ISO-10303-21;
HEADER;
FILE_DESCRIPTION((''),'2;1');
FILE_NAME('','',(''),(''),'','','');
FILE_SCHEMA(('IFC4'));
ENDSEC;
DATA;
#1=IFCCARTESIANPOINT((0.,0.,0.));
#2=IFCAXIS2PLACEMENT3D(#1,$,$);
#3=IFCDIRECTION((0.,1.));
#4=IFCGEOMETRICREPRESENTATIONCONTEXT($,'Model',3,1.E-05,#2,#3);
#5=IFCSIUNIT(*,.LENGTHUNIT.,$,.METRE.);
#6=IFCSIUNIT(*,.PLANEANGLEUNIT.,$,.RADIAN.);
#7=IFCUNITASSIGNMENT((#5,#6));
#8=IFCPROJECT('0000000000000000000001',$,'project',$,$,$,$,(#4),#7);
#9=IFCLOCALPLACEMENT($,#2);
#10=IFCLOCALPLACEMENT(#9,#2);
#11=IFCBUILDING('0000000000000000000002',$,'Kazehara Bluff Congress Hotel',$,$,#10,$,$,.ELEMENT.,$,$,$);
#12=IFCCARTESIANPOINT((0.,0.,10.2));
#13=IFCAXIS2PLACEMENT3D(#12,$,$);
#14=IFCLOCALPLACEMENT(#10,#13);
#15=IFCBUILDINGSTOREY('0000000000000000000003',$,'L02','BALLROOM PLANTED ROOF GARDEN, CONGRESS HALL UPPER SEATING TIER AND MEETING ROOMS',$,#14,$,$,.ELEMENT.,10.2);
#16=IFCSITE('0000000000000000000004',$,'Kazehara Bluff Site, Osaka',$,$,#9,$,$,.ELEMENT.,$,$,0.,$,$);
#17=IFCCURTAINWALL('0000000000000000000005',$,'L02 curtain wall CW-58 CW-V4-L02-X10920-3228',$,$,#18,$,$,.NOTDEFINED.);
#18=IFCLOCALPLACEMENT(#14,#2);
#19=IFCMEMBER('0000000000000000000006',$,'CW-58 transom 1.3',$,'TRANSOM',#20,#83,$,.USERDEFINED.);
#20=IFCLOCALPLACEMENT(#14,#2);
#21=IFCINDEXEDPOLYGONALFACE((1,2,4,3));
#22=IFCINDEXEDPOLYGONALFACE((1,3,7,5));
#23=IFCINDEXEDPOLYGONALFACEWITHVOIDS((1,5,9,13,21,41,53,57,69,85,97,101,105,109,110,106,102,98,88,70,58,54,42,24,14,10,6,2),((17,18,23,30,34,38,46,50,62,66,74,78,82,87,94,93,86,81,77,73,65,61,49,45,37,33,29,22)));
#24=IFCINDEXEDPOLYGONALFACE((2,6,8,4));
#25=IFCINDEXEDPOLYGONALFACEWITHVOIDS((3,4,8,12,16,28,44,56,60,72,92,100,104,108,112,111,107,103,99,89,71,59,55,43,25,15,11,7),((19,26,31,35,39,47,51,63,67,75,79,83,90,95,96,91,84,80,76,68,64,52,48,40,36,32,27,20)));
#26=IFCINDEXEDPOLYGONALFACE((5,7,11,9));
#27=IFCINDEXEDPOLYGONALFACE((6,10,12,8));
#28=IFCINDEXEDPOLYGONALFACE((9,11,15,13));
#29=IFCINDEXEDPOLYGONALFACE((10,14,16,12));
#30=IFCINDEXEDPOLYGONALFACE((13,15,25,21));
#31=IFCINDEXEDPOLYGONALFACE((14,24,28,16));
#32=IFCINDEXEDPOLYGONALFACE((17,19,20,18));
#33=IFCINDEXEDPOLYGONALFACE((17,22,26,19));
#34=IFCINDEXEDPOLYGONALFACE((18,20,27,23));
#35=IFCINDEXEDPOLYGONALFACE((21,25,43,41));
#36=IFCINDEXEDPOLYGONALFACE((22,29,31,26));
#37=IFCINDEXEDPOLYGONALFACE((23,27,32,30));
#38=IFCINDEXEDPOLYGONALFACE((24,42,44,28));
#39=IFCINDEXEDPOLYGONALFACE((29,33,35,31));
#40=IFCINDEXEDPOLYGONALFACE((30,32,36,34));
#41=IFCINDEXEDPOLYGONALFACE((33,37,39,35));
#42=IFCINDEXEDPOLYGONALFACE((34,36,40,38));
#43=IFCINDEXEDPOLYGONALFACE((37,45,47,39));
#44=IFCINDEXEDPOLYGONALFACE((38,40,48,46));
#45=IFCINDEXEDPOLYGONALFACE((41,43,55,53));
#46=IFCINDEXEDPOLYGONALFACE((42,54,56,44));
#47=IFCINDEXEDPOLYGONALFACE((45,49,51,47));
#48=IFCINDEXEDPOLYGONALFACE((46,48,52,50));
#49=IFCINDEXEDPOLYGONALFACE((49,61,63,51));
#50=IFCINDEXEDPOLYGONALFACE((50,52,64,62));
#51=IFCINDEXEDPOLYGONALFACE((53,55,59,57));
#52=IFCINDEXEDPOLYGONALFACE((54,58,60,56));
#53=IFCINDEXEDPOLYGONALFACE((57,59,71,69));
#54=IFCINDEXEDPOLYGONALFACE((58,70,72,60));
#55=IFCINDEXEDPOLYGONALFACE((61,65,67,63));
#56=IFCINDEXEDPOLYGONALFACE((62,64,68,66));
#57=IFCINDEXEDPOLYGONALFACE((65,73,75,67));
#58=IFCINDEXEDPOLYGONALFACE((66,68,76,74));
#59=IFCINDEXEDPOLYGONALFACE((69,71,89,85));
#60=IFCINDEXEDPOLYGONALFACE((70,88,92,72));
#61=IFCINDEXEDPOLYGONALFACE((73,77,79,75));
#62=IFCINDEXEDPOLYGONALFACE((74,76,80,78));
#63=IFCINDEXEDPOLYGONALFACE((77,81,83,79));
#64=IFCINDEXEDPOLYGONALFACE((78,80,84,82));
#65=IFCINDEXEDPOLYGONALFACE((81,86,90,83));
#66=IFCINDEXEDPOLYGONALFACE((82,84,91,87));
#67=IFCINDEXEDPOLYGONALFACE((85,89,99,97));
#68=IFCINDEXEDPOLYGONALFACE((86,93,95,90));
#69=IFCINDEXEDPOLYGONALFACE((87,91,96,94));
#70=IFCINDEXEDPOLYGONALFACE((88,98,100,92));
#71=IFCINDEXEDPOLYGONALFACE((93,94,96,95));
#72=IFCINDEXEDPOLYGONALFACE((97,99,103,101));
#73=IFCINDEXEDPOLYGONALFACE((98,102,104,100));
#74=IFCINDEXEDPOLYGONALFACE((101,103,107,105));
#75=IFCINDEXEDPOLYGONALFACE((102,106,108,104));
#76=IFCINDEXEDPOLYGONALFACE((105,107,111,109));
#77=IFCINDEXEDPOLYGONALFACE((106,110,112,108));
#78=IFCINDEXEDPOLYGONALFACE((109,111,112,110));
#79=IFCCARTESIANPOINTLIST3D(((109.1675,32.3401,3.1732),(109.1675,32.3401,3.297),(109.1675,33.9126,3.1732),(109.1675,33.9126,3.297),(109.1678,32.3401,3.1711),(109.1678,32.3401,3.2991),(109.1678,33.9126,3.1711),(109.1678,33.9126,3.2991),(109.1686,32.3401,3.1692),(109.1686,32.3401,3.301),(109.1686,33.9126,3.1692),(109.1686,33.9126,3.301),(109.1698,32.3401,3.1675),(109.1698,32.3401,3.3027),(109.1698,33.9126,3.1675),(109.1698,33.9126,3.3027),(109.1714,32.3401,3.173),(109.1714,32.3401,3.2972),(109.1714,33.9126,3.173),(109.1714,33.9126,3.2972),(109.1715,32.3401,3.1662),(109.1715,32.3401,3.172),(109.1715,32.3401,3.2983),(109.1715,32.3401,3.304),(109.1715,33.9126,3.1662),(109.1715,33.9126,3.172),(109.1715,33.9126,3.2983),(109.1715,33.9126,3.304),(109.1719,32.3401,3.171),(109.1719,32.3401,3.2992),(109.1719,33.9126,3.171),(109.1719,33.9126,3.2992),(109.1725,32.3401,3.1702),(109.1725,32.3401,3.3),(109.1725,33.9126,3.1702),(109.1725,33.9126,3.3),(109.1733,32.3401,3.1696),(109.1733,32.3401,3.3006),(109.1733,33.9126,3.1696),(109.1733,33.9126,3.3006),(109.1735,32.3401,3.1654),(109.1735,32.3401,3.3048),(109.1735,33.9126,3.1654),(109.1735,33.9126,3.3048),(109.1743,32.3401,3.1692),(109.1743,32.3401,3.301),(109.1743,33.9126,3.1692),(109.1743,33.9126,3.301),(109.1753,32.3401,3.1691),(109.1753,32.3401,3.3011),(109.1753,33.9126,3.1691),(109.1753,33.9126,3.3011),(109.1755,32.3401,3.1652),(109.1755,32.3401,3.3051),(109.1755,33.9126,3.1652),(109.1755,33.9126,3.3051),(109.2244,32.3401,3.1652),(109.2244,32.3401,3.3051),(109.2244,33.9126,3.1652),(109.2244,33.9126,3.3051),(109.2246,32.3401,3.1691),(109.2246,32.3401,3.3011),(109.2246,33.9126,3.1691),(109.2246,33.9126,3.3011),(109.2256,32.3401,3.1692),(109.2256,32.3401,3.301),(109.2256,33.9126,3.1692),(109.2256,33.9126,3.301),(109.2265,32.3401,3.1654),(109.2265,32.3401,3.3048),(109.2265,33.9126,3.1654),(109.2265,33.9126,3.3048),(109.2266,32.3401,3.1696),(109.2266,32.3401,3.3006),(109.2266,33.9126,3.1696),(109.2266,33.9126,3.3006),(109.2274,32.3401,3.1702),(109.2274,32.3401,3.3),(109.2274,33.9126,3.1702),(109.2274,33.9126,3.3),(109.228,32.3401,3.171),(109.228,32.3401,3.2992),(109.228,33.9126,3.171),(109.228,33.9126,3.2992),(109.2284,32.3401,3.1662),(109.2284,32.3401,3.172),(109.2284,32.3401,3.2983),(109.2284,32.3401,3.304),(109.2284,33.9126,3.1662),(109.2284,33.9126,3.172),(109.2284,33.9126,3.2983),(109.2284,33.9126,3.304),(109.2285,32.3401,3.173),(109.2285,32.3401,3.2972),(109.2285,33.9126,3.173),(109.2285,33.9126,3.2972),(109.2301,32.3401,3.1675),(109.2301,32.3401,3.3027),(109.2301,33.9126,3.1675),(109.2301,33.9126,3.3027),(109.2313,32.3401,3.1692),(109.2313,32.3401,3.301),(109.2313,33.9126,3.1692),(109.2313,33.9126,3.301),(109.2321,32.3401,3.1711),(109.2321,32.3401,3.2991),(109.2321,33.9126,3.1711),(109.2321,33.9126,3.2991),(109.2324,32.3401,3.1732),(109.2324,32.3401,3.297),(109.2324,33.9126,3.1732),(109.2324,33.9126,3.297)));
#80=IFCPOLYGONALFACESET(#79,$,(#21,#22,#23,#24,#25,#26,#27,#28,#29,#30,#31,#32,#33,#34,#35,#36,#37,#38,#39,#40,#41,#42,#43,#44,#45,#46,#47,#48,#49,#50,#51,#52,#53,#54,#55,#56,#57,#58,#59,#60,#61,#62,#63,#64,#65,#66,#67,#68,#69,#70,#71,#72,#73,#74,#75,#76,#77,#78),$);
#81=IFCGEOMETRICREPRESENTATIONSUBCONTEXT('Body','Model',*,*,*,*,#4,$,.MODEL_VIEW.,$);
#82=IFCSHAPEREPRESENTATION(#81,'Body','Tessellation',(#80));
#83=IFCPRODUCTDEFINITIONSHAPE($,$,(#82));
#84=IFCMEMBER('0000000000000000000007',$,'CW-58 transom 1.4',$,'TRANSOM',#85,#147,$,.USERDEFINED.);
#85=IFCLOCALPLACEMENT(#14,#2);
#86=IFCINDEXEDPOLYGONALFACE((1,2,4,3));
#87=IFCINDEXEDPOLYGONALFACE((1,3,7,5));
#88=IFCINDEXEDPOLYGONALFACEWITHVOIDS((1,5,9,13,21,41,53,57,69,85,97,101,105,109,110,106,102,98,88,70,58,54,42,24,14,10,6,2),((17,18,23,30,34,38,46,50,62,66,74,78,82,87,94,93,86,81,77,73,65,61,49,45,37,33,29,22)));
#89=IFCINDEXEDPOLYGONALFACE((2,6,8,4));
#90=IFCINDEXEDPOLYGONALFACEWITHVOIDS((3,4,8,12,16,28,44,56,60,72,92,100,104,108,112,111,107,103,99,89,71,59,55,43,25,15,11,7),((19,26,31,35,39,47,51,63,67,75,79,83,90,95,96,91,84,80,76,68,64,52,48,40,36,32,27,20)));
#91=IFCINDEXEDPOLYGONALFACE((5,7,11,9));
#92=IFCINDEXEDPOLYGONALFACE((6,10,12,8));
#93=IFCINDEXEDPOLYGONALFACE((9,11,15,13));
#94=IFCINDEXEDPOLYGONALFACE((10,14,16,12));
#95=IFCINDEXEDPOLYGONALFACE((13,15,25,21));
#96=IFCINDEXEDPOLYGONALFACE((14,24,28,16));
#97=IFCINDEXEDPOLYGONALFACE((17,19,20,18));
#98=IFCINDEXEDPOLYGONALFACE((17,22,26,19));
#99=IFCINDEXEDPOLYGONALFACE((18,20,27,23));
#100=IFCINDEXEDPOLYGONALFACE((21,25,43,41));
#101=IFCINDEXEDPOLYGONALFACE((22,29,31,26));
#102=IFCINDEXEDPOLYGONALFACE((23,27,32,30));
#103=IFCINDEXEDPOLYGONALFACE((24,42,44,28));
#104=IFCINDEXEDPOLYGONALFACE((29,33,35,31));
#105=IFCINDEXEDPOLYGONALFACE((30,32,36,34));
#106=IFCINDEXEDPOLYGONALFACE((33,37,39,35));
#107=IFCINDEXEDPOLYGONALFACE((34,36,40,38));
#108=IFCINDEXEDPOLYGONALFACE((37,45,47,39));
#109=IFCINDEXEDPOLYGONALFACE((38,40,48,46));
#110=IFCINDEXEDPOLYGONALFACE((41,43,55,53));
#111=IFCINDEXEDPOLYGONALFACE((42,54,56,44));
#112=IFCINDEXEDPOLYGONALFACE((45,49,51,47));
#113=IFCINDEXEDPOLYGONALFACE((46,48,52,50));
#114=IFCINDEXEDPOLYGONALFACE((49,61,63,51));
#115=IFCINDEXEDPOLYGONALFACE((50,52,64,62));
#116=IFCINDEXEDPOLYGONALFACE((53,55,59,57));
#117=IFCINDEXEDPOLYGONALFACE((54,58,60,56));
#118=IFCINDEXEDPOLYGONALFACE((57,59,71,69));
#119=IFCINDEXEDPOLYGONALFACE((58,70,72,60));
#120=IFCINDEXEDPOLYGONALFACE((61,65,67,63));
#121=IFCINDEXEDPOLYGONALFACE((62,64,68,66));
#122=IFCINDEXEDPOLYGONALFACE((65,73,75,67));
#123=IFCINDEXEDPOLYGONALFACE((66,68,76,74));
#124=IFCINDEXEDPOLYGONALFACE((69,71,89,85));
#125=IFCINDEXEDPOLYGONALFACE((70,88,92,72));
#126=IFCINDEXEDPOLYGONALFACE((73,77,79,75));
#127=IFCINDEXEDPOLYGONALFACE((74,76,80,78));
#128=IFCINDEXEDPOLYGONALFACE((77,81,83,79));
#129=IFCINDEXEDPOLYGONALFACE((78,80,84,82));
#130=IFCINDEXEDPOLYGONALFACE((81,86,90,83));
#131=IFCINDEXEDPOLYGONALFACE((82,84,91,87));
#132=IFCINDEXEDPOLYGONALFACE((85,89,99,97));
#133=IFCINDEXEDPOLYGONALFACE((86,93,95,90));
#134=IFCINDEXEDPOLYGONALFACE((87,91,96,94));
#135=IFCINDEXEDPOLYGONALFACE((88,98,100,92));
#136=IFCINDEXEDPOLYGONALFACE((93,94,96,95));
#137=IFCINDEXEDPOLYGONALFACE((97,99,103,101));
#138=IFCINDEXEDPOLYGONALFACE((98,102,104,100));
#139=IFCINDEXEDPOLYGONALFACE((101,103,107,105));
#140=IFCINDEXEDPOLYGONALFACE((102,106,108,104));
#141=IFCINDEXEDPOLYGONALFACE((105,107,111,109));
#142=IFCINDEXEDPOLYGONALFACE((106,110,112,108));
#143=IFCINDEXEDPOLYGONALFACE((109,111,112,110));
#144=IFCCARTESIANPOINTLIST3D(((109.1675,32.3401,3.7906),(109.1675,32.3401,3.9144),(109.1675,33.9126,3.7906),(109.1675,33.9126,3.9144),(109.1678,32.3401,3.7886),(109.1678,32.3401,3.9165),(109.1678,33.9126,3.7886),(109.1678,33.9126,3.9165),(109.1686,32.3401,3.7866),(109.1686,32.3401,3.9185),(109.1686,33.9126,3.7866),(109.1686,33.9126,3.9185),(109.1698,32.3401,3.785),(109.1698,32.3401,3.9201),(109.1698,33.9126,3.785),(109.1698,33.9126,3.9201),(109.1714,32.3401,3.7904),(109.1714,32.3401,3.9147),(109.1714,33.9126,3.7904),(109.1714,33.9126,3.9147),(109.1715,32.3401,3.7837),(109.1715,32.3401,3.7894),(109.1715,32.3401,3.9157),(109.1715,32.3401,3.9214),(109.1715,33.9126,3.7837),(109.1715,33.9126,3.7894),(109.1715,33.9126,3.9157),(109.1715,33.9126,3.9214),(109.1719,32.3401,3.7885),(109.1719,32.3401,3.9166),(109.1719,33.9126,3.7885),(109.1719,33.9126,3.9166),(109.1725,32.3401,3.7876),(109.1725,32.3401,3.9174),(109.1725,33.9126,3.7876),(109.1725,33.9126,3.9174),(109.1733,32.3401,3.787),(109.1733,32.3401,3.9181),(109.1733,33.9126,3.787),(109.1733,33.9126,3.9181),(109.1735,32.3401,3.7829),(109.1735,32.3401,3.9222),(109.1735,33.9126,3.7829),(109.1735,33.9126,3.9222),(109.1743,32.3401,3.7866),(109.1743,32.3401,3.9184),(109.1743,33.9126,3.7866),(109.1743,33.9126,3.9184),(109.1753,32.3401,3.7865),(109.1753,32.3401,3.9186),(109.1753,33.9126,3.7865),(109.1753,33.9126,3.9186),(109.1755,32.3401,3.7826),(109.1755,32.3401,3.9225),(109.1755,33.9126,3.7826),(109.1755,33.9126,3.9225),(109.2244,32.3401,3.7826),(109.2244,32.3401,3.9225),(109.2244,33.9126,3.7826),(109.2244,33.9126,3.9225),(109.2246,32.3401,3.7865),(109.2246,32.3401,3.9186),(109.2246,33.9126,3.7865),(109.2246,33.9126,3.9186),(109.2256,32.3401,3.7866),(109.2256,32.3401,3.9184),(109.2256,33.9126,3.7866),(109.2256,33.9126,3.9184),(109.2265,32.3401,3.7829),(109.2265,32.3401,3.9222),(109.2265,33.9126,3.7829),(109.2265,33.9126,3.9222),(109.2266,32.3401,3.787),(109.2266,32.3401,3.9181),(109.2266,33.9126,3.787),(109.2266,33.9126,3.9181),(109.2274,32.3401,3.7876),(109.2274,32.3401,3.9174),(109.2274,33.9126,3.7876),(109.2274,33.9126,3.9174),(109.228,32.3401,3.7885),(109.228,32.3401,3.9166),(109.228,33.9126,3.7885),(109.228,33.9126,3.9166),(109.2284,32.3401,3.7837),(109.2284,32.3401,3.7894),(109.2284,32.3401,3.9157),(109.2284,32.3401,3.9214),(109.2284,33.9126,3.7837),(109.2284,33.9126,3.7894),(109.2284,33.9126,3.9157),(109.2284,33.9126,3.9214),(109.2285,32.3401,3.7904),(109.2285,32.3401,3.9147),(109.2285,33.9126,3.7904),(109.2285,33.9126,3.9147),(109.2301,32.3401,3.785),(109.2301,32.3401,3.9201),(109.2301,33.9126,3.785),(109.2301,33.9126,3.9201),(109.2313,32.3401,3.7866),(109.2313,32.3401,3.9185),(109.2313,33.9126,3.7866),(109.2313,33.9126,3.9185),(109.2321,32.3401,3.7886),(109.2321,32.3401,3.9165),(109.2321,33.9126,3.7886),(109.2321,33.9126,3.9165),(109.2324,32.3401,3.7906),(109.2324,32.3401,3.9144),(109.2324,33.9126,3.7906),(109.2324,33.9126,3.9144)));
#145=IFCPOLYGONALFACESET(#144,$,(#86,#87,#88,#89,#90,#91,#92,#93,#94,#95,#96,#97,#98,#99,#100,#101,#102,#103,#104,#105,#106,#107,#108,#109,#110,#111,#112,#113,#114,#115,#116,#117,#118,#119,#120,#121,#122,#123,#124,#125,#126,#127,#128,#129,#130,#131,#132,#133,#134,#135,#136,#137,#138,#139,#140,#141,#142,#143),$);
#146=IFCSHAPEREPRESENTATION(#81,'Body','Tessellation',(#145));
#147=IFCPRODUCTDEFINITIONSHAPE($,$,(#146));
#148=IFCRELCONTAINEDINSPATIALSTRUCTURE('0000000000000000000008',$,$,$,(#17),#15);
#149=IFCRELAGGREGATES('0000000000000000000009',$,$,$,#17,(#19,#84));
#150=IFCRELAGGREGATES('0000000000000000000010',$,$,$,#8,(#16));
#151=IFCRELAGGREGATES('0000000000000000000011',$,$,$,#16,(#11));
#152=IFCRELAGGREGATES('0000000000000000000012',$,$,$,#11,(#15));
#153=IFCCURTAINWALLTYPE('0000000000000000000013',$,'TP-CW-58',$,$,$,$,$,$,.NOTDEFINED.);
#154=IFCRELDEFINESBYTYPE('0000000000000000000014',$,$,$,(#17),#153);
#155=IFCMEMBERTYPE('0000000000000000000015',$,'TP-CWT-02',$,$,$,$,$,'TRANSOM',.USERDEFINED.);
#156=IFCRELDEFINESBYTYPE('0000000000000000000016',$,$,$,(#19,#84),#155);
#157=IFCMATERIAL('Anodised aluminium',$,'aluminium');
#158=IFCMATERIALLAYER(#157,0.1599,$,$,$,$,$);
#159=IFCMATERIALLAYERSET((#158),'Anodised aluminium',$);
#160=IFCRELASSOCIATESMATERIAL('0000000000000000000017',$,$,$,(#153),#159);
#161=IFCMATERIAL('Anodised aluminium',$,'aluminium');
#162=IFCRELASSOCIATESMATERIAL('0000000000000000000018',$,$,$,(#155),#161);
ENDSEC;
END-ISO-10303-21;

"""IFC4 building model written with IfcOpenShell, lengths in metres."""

from ifc_helpers import new_model, si_unit, direction, frame, origin, origin_2d, place, context, subcontext, project, spatial, hollow_rectangle, extrude, material, layer, layer_set, material_profile, profile_set, type_object, element, aggregate, save


model = new_model("IFC4")

# Units and contexts
model_context = context("Model", 3, precision=1e-05, world=origin(), true_north=direction((0.0, 1.0)))
body_context = subcontext(model_context, "Body", "Model", "MODEL_VIEW")
ifc_project = project(units=[si_unit("LENGTHUNIT", "METRE"), si_unit("PLANEANGLEUNIT", "RADIAN")], contexts=[model_context])

# Site, building, storey
site_placement = place(None, origin())
site = spatial("IfcSite", under=ifc_project, at=site_placement, Name="Kazehara Bluff Site, Osaka", CompositionType="ELEMENT", RefElevation=0.0)
building_placement = place(site_placement, origin())
building = spatial("IfcBuilding", under=site, at=building_placement, Name="Kazehara Bluff Congress Hotel", CompositionType="ELEMENT")
storey_placement = place(building_placement, frame((0.0, 0.0, 10.2)))
storey = spatial("IfcBuildingStorey", under=building, at=storey_placement, Name="L02", Description="BALLROOM PLANTED ROOF GARDEN, CONGRESS HALL UPPER SEATING TIER AND MEETING ROOMS", CompositionType="ELEMENT", Elevation=10.2)

# Curtain wall, members
ifc_material_1 = material(Name="Anodised aluminium", Category="aluminium")
ifc_layer_1 = layer(ifc_material_1, 0.1599)
ifc_layer_set_1 = layer_set([ifc_layer_1], Name="Anodised aluminium")
curtain_wall_type = type_object("IfcCurtainWallType", Name="TP-CW-58", PredefinedType="NOTDEFINED", material=ifc_layer_set_1)
curtain_wall_placement = place(storey_placement, origin())
curtain_wall = element("IfcCurtainWall", 1, at=curtain_wall_placement, inside=storey, type_object=curtain_wall_type, Name="L02 curtain wall CW-58 CW-V4-L02-X10920-3228", PredefinedType="NOTDEFINED")
ifc_material_2 = material(Name="Anodised aluminium", Category="aluminium")
ifc_material_profile_1 = material_profile(ifc_material_2, hollow_rectangle(XDim=0.0649, YDim=0.1399, WallThickness=0.0039, InnerFilletRadius=0.0039, OuterFilletRadius=0.0081, at=origin_2d()))
ifc_profile_set_1 = profile_set([ifc_material_profile_1], Name="Anodised aluminium")
member_type_1 = type_object("IfcMemberType", Name="TP-CWT-02", ElementType="TRANSOM", PredefinedType="USERDEFINED", material=ifc_profile_set_1)
member_1_placement = place(storey_placement, frame((109.2, 32.3401, 3.2351), z_axis=(0.0, 1.0, 0.0), x_axis=(-1.0, 0.0, 0.0)))
member_1 = element("IfcMember", 2, at=member_1_placement, type_object=member_type_1, Name="CW-58 transom 1.3", ObjectType="TRANSOM", PredefinedType="USERDEFINED", context=body_context, shape_type="SweptSolid", body=[
    extrude(hollow_rectangle(XDim=0.0649, YDim=0.1399, WallThickness=0.0039, InnerFilletRadius=0.0039, OuterFilletRadius=0.0081, at=origin_2d()), origin(), (0.0, 0.0, 1.0), 1.5725),
])
member_2_placement = place(storey_placement, frame((109.2, 32.3401, 3.8525), z_axis=(0.0, 1.0, 0.0), x_axis=(-1.0, 0.0, 0.0)))
member_2 = element("IfcMember", 3, at=member_2_placement, type_object=member_type_1, Name="CW-58 transom 1.4", ObjectType="TRANSOM", PredefinedType="USERDEFINED", context=body_context, shape_type="SweptSolid", body=[
    extrude(hollow_rectangle(XDim=0.0649, YDim=0.1399, WallThickness=0.0039, InnerFilletRadius=0.0039, OuterFilletRadius=0.0081, at=origin_2d()), origin(), (0.0, 0.0, 1.0), 1.5725),
])

aggregate(curtain_wall, [member_1, member_2])

save(model, "model.ifc")
